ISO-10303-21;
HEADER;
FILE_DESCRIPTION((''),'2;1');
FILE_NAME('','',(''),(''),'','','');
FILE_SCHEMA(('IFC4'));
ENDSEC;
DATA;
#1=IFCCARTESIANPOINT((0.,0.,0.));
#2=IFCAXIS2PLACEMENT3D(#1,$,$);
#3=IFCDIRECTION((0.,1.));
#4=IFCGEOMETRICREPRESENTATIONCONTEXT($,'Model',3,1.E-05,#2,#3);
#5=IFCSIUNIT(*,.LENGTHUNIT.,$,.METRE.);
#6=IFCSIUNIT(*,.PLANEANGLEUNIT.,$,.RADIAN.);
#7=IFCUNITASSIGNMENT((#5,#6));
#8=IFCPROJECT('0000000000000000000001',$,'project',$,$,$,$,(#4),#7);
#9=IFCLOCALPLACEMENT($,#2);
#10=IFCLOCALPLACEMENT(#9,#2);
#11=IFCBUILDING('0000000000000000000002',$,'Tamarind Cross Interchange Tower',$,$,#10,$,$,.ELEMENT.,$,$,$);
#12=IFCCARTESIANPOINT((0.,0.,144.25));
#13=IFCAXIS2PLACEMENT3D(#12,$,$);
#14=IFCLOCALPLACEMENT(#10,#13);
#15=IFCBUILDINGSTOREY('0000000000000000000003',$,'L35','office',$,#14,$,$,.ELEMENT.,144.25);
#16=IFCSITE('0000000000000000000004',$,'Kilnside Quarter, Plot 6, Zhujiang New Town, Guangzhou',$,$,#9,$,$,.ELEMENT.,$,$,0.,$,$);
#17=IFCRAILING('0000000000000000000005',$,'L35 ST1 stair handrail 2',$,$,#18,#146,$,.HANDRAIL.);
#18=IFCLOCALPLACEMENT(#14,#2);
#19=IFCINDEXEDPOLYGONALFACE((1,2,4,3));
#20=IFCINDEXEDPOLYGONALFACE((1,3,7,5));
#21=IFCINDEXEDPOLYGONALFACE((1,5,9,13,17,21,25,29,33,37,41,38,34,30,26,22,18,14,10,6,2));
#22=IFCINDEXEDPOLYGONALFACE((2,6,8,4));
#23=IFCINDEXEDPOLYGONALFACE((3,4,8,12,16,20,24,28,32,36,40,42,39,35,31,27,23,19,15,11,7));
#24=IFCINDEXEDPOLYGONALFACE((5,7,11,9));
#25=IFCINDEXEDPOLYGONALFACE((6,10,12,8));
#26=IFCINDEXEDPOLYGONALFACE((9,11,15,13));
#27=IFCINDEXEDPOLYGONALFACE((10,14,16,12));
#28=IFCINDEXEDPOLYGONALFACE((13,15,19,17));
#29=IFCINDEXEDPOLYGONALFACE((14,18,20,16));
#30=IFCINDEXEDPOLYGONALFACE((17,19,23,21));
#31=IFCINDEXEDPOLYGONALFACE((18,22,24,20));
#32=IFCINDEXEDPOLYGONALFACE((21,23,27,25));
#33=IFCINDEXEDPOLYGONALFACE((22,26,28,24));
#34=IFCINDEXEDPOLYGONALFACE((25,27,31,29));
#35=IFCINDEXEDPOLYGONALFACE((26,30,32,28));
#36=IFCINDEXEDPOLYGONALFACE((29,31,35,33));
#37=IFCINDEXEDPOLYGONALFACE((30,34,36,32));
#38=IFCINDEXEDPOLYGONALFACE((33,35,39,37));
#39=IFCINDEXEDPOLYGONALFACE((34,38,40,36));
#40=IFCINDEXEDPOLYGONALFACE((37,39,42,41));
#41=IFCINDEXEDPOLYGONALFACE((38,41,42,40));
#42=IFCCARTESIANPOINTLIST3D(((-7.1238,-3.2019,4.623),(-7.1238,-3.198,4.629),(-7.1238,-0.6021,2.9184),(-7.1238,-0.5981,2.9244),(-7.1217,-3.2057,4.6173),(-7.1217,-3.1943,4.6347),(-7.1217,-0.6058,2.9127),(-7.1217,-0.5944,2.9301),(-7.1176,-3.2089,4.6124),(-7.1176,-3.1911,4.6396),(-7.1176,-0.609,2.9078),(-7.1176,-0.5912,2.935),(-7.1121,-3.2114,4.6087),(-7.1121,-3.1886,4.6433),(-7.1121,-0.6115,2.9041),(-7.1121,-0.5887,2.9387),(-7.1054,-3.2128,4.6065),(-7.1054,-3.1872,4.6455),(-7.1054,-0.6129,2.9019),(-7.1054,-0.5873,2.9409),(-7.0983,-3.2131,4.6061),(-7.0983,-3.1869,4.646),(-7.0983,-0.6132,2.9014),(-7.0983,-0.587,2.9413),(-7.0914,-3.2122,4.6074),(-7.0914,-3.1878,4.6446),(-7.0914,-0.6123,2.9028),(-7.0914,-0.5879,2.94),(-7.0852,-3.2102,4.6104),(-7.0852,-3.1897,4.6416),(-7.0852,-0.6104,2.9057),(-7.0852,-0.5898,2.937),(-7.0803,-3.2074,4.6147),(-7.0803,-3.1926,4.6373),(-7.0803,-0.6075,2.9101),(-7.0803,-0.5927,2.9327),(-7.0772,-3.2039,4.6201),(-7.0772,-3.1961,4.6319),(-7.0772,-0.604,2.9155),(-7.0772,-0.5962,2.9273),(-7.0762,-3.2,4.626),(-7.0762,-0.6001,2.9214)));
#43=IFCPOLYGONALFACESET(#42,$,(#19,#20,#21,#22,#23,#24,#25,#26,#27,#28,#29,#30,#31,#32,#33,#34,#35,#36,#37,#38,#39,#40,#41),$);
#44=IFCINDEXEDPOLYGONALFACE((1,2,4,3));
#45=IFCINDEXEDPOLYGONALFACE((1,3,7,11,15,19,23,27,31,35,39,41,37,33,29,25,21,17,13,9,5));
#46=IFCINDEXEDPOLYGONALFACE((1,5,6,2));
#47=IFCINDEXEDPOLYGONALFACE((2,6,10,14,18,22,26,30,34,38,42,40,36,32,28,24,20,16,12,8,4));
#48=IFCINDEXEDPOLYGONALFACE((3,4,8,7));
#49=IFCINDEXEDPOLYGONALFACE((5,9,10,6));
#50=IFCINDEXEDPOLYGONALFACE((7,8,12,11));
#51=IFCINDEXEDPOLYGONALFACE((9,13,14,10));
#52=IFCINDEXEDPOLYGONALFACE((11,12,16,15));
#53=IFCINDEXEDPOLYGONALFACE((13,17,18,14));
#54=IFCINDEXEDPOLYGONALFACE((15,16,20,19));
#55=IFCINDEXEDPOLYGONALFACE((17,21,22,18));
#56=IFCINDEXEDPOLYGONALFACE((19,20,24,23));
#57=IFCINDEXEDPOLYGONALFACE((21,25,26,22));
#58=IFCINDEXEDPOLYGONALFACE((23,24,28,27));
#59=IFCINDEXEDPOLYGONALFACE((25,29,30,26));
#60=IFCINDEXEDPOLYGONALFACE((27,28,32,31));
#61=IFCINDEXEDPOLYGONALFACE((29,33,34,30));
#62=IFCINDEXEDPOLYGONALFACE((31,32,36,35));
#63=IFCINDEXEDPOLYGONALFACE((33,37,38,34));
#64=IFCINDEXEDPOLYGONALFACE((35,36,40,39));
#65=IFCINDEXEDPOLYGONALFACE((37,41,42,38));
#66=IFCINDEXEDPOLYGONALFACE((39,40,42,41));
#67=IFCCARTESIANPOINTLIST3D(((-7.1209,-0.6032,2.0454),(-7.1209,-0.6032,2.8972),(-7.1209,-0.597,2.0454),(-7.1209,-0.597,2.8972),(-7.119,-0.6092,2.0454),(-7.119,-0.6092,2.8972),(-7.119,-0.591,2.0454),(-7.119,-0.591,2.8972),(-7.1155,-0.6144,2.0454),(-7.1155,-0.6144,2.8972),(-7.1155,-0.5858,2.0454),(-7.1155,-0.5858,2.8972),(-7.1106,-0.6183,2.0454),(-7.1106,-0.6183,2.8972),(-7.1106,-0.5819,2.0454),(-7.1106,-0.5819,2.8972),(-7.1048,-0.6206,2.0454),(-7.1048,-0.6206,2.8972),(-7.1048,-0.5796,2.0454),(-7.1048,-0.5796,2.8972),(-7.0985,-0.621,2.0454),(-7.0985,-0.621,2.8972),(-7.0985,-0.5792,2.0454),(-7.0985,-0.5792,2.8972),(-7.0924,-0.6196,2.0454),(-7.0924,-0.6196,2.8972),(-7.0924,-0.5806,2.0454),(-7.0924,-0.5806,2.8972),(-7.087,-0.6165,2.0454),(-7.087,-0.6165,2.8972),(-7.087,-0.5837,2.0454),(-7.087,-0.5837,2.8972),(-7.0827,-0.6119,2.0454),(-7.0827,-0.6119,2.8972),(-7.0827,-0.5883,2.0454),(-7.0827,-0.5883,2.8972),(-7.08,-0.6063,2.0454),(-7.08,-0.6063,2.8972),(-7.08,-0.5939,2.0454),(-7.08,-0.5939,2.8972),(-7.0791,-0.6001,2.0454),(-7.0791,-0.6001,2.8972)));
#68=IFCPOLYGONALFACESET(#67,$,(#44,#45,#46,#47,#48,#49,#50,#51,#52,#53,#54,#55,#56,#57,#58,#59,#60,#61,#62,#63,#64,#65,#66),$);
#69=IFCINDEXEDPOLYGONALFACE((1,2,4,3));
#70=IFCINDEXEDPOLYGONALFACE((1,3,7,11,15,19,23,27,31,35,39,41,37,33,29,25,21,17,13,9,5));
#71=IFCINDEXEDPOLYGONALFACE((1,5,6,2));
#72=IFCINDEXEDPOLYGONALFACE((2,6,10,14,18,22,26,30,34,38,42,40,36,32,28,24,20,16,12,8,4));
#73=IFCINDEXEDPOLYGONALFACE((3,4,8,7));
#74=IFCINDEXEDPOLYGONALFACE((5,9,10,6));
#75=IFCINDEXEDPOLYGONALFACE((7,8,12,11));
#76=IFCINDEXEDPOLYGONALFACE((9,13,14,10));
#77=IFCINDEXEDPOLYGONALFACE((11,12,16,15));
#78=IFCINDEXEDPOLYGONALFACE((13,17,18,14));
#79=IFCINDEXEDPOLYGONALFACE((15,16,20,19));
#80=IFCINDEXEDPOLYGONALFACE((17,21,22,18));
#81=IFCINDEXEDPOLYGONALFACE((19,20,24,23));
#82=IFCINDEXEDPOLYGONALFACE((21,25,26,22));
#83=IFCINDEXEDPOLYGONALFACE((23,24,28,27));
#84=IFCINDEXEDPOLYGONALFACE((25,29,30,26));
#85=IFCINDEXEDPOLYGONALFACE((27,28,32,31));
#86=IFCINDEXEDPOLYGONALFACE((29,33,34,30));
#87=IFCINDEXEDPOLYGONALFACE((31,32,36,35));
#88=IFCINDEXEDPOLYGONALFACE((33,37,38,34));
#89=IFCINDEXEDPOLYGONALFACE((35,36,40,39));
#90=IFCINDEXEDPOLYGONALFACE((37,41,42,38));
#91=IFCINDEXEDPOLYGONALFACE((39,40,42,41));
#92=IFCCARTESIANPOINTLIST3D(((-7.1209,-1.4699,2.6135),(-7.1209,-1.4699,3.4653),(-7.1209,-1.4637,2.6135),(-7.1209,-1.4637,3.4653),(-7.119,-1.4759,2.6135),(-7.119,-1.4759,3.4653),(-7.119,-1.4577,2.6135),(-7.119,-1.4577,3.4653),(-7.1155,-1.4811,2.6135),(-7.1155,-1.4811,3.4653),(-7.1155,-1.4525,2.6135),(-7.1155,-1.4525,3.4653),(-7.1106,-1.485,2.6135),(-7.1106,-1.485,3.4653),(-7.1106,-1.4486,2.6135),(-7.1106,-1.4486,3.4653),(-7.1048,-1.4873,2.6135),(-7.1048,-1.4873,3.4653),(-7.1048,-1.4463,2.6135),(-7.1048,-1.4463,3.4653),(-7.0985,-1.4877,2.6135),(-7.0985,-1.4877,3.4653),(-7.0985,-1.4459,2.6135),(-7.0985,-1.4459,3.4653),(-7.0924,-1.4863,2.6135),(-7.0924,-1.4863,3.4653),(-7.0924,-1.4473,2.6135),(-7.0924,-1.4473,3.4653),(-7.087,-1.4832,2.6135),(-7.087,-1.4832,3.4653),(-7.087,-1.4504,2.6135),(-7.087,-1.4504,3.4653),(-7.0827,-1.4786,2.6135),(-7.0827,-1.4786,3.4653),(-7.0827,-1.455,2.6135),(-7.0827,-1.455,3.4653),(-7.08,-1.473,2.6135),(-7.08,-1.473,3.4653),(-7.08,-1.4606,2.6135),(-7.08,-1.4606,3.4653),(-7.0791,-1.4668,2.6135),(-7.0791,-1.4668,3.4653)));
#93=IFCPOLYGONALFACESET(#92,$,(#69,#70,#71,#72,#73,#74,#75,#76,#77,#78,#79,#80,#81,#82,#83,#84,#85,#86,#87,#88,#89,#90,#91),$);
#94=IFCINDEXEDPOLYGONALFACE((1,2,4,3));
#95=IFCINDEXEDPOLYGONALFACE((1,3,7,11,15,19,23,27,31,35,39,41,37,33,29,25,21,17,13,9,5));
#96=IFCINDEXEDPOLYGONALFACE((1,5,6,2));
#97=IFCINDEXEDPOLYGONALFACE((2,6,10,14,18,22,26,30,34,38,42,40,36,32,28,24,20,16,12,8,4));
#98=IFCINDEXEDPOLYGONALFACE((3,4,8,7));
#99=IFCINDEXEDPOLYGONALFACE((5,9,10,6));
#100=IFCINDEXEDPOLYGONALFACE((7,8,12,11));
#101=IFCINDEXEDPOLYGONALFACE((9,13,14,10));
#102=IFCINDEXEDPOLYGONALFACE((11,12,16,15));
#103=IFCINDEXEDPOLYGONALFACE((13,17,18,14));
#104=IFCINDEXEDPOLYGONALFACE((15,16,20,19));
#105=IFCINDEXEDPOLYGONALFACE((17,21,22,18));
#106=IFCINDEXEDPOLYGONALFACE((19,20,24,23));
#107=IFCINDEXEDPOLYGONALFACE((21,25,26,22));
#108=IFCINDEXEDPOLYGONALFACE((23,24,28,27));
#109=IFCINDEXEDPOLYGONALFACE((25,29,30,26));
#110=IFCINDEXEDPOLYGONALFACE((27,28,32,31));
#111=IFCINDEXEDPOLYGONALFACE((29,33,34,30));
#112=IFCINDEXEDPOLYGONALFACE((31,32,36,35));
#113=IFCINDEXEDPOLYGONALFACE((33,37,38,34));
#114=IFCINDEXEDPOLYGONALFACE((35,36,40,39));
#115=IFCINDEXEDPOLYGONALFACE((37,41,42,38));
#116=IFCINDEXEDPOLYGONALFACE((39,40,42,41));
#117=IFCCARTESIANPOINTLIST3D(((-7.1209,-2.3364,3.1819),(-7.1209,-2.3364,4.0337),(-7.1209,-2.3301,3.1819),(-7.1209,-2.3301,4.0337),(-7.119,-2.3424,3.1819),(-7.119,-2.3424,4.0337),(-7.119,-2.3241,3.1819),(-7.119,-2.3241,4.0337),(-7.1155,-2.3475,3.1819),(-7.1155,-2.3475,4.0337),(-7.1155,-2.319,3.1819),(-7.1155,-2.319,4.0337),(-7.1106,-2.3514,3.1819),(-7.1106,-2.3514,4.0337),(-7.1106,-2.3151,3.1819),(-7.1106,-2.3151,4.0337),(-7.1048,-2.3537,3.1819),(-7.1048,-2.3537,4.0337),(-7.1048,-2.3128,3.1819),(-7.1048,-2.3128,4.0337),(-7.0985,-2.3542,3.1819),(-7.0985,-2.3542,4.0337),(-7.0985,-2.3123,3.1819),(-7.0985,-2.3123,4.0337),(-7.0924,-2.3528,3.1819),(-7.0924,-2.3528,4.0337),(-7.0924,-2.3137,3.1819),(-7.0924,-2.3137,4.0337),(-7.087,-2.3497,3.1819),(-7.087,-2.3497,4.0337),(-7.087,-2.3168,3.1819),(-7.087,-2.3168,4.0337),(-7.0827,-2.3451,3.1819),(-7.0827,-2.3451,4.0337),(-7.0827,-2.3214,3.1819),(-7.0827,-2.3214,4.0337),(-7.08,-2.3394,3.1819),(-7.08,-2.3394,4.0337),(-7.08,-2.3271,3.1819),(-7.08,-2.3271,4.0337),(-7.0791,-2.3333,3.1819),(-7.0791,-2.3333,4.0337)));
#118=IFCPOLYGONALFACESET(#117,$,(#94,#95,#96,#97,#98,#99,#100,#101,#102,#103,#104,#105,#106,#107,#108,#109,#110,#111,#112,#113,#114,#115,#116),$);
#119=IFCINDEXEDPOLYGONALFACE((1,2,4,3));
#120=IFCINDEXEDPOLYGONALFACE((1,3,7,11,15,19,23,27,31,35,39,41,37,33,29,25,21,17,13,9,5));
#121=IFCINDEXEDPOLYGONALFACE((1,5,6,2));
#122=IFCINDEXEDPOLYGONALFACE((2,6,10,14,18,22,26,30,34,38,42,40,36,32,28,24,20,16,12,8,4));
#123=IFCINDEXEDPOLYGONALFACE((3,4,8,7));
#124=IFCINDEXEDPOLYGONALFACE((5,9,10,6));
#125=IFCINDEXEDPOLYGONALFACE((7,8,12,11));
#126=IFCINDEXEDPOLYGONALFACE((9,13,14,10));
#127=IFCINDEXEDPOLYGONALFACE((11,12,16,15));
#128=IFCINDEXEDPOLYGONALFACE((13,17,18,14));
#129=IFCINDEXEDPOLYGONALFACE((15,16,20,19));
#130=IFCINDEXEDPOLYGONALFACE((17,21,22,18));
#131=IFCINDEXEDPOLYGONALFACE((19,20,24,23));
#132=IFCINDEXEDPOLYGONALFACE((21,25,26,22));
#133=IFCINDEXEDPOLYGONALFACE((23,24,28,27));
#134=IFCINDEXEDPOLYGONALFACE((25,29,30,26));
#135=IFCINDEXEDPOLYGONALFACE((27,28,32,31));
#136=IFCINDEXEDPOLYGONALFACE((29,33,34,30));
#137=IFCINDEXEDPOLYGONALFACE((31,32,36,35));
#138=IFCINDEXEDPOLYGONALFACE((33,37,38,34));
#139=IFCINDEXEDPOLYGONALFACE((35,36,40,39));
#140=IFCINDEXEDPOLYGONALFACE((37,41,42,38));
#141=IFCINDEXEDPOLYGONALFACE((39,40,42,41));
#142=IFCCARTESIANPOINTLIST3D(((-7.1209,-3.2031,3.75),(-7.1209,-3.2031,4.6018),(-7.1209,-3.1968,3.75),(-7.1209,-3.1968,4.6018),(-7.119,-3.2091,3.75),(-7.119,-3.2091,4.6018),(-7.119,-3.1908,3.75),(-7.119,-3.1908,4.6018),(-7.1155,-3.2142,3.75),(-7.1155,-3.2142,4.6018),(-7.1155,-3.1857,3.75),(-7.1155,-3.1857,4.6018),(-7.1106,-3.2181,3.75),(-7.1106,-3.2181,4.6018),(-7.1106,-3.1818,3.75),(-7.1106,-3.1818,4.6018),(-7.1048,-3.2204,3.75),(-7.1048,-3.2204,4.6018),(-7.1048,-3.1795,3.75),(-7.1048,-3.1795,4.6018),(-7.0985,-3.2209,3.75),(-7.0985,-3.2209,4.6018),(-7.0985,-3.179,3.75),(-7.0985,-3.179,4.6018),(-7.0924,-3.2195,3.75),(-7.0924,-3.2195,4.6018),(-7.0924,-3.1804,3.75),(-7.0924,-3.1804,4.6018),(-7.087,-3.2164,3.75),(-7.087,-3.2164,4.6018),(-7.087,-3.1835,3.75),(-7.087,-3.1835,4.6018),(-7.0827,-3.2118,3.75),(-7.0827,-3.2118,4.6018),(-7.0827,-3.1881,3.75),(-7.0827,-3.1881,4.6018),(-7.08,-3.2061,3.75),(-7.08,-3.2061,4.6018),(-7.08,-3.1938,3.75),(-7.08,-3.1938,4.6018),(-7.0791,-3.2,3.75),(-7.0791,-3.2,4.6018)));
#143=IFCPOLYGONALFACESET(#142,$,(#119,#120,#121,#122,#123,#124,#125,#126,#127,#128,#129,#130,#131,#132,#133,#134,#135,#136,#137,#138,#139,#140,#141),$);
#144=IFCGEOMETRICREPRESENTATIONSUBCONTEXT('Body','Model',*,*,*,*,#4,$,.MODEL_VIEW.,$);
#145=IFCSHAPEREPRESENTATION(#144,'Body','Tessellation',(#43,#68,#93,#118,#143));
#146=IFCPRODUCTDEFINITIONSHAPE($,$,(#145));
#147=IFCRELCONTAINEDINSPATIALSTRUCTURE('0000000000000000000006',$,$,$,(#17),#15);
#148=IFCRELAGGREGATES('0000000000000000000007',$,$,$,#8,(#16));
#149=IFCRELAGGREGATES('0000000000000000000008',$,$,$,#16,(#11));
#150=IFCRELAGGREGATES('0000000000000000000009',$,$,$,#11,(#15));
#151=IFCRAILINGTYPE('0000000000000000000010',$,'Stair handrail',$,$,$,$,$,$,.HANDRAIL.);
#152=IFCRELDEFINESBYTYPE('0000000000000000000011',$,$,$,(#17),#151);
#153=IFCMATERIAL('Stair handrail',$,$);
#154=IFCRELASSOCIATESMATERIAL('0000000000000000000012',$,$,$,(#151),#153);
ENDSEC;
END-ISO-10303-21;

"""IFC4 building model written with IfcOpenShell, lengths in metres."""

from ifc_helpers import new_model, si_unit, direction, frame, origin, origin_2d, place, context, subcontext, project, spatial, circle, extrude, material, type_object, element, save


model = new_model("IFC4")

# Units and contexts
model_context = context("Model", 3, precision=1e-05, world=origin(), true_north=direction((0.0, 1.0)))
body_context = subcontext(model_context, "Body", "Model", "MODEL_VIEW")
ifc_project = project(units=[si_unit("LENGTHUNIT", "METRE"), si_unit("PLANEANGLEUNIT", "RADIAN")], contexts=[model_context])

# Site, building, storey
site_placement = place(None, origin())
site = spatial("IfcSite", under=ifc_project, at=site_placement, Name="Kilnside Quarter, Plot 6, Zhujiang New Town, Guangzhou", CompositionType="ELEMENT", RefElevation=0.0)
building_placement = place(site_placement, origin())
building = spatial("IfcBuilding", under=site, at=building_placement, Name="Tamarind Cross Interchange Tower", CompositionType="ELEMENT")
storey_placement = place(building_placement, frame((0.0, 0.0, 144.25)))
storey = spatial("IfcBuildingStorey", under=building, at=storey_placement, Name="L35", Description="office", CompositionType="ELEMENT", Elevation=144.25)

# Railing
ifc_material_1 = material(Name="Stair handrail")
railing_type_1 = type_object("IfcRailingType", Name="Stair handrail", PredefinedType="HANDRAIL", material=ifc_material_1)
railing_1_placement = place(storey_placement, frame((-7.1001, -0.6001, 2.0454)))
element("IfcRailing", 1, at=railing_1_placement, inside=storey, type_object=railing_type_1, Name="L35 ST1 stair handrail 2", PredefinedType="HANDRAIL", context=body_context, shape_type="SweptSolid", body=[
    extrude(circle(Radius=0.0239, at=origin_2d()), frame((0.0, 0.0, 0.876), z_axis=(0.0, -0.836279, 0.548305), x_axis=(1.0, 0.0, 0.0)), (0.0, 0.0, 1.0), 3.1089),
    extrude(circle(Radius=0.021, at=origin_2d()), origin(), (0.0, 0.0, 1.0), 0.8518),
    extrude(circle(Radius=0.021, at=origin_2d()), frame((0.0, -0.8667, 0.5681)), (0.0, 0.0, 1.0), 0.8518),
    extrude(circle(Radius=0.021, at=origin_2d()), frame((0.0, -1.7332, 1.1365)), (0.0, 0.0, 1.0), 0.8518),
    extrude(circle(Radius=0.021, at=origin_2d()), frame((0.0, -2.5999, 1.7046)), (0.0, 0.0, 1.0), 0.8518),
])

save(model, "model.ifc")
